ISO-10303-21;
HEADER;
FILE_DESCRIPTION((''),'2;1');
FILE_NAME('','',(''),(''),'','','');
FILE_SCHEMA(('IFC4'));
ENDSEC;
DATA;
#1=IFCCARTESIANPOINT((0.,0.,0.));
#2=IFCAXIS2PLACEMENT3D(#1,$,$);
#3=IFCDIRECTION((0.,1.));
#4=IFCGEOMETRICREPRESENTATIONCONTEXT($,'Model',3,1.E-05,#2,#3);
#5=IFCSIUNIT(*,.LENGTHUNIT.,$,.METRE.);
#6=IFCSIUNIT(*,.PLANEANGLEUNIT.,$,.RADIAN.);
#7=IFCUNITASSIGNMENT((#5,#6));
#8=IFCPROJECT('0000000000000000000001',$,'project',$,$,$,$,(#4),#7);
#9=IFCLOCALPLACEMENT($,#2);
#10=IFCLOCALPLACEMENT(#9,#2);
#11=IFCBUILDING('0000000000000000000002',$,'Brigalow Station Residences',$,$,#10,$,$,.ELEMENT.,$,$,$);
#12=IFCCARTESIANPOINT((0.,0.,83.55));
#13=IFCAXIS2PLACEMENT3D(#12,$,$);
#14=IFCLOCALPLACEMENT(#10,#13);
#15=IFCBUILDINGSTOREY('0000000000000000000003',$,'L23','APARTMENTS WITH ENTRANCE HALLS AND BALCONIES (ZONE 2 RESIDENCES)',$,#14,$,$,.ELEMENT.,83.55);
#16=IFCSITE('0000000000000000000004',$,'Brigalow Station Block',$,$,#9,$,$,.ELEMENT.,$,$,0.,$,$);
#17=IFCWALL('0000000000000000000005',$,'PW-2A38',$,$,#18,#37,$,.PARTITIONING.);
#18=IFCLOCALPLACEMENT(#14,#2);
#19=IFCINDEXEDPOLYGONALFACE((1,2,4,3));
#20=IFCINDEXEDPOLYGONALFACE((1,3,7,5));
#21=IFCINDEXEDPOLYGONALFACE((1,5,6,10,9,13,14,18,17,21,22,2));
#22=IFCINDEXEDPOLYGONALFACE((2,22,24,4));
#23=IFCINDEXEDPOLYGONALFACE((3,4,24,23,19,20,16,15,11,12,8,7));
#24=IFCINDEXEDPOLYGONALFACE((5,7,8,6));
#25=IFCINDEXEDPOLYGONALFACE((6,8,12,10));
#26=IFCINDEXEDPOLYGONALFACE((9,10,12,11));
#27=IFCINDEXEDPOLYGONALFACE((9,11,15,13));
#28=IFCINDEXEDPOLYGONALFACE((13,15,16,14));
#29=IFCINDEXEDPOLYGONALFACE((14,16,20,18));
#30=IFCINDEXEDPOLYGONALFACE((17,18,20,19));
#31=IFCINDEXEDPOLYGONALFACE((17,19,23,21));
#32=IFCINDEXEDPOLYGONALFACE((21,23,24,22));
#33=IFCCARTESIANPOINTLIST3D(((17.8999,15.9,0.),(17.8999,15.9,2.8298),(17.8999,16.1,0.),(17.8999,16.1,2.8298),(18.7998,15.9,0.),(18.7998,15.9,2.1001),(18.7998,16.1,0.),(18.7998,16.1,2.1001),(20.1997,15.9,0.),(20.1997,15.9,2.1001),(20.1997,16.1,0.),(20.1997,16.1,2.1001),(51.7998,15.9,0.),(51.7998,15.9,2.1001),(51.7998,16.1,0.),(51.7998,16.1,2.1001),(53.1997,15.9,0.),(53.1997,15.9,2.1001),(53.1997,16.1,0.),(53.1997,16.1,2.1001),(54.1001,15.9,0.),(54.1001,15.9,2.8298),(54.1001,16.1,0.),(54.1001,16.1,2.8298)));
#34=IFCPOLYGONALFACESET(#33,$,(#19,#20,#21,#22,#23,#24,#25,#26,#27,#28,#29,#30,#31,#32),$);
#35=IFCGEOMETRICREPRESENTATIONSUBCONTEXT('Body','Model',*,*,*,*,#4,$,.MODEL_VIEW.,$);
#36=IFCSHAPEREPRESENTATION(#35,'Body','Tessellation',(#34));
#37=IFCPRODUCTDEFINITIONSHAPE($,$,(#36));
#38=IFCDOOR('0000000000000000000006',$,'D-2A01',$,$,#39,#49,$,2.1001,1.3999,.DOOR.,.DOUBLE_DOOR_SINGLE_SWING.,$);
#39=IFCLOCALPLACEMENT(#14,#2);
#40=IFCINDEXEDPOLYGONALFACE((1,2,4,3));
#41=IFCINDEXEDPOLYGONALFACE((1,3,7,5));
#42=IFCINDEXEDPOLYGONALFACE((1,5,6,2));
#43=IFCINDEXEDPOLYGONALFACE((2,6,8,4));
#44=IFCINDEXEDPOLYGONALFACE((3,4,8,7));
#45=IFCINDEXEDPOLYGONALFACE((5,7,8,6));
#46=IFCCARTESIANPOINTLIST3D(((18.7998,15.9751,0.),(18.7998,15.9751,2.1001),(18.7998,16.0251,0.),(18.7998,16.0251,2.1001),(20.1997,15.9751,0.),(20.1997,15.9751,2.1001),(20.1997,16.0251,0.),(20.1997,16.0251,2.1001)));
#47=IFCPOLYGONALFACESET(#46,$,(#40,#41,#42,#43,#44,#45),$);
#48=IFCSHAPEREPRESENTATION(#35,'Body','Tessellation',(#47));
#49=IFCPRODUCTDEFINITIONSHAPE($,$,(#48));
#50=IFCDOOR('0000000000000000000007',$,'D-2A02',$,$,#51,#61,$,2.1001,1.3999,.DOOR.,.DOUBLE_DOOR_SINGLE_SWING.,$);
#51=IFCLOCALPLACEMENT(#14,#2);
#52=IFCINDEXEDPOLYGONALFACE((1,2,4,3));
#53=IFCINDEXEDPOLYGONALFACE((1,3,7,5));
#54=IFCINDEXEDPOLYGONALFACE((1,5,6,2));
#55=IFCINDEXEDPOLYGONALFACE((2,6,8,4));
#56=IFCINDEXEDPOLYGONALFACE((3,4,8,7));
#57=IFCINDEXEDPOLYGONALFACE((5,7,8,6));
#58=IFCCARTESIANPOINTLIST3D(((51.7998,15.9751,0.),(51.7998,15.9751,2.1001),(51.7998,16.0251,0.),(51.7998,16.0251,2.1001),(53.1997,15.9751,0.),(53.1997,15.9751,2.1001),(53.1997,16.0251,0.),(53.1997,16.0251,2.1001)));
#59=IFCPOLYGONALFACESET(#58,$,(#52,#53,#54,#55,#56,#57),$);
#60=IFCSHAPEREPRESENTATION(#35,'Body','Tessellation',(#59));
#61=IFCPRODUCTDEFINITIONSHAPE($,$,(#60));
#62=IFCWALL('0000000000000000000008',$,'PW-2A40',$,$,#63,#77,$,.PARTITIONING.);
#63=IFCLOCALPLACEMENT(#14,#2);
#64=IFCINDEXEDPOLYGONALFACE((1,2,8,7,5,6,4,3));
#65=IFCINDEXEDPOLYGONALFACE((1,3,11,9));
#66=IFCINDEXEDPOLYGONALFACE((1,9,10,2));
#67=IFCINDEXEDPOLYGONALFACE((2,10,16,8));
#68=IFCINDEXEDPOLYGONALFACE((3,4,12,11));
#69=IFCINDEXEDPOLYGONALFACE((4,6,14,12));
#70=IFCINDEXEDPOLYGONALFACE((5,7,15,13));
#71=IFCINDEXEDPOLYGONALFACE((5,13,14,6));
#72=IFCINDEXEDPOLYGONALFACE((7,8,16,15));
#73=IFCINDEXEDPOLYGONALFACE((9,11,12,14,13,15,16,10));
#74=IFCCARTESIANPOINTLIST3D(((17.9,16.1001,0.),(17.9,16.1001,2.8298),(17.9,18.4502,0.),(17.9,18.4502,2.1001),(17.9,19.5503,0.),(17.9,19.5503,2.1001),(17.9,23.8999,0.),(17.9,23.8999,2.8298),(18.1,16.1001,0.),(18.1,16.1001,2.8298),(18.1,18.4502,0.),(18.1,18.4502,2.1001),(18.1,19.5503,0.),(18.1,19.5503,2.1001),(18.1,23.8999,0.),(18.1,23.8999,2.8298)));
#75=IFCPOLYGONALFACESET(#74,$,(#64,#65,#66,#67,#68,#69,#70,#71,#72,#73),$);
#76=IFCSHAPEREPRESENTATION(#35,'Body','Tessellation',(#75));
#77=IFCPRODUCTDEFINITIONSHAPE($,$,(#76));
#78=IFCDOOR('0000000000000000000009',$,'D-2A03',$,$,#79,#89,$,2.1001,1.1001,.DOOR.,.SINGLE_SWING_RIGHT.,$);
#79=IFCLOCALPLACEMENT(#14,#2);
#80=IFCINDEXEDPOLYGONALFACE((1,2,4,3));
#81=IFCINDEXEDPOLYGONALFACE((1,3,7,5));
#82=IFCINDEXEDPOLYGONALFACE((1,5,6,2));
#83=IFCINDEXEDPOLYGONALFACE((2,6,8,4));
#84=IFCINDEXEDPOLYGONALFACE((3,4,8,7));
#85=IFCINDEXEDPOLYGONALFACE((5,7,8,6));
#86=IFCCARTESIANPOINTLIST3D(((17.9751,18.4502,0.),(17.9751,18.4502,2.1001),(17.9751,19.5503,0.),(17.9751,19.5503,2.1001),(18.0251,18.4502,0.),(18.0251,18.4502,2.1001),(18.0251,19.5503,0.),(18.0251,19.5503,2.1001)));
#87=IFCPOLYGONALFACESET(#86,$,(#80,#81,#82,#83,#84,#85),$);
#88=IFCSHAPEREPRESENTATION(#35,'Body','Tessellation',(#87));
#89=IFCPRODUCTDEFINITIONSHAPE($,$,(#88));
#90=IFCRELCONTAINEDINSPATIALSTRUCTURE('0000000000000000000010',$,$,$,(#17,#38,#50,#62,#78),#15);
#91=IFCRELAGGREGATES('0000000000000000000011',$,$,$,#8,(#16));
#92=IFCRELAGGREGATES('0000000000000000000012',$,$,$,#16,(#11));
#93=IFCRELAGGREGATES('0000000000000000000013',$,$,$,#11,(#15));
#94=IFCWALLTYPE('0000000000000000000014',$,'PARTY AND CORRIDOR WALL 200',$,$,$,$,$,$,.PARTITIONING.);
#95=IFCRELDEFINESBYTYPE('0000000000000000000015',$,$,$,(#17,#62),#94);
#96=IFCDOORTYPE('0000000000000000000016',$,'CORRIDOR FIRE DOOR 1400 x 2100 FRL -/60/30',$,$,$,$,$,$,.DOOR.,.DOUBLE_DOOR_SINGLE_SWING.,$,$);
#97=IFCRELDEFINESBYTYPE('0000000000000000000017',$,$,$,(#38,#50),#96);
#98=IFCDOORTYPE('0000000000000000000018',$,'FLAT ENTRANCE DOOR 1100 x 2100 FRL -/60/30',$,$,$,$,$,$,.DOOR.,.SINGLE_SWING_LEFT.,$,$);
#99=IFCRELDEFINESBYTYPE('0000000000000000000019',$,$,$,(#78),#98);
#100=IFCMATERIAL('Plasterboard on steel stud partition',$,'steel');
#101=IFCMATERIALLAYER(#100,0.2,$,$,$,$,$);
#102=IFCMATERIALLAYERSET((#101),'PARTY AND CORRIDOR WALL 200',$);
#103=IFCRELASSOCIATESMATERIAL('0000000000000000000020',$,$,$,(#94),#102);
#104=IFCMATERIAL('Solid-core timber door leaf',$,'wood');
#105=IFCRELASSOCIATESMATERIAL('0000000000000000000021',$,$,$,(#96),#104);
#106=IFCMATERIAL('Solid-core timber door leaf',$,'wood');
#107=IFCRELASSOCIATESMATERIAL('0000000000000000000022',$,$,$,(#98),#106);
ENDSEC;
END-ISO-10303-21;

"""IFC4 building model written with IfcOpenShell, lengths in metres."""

from ifc_helpers import new_model, si_unit, direction, frame, frame_2d, origin, place, context, subcontext, project, spatial, rectangle, extrude, material, layer, layer_set, type_object, element, fill, save


model = new_model("IFC4")

# Units and contexts
model_context = context("Model", 3, precision=1e-05, world=origin(), true_north=direction((0.0, 1.0)))
body_context = subcontext(model_context, "Body", "Model", "MODEL_VIEW")
ifc_project = project(units=[si_unit("LENGTHUNIT", "METRE"), si_unit("PLANEANGLEUNIT", "RADIAN")], contexts=[model_context])

# Site, building, storey
site_placement = place(None, origin())
site = spatial("IfcSite", under=ifc_project, at=site_placement, Name="Brigalow Station Block", CompositionType="ELEMENT", RefElevation=0.0)
building_placement = place(site_placement, origin())
building = spatial("IfcBuilding", under=site, at=building_placement, Name="Brigalow Station Residences", CompositionType="ELEMENT")
storey_placement = place(building_placement, frame((0.0, 0.0, 83.55)))
storey = spatial("IfcBuildingStorey", under=building, at=storey_placement, Name="L23", Description="APARTMENTS WITH ENTRANCE HALLS AND BALCONIES (ZONE 2 RESIDENCES)", CompositionType="ELEMENT", Elevation=83.55)

# Wall, openings, doors
ifc_material_1 = material(Name="Plasterboard on steel stud partition", Category="steel")
ifc_layer_1 = layer(ifc_material_1, 0.2)
ifc_layer_set_1 = layer_set([ifc_layer_1], Name="PARTY AND CORRIDOR WALL 200")
wall_type_1 = type_object("IfcWallType", Name="PARTY AND CORRIDOR WALL 200", PredefinedType="PARTITIONING", material=ifc_layer_set_1)
wall_1_placement = place(storey_placement, frame((17.8999, 16.0, 0.0), z_axis=(0.0, 0.0, 1.0), x_axis=(1.0, 0.0, 0.0)))
wall_1 = element("IfcWall", 1, at=wall_1_placement, inside=storey, type_object=wall_type_1, Name="PW-2A38", PredefinedType="PARTITIONING", context=body_context, shape_type="SweptSolid", body=[
    extrude(rectangle(XDim=36.2002, YDim=0.2, at=frame_2d((18.1001, 0.0))), origin(), (0.0, 0.0, 1.0), 2.8298),
])
opening_1_placement = place(wall_1_placement, frame((0.8999, 0.0, 0.0)))
opening_1 = element("IfcOpeningElement", 2, at=opening_1_placement, cuts=wall_1, PredefinedType="OPENING", context=body_context, shape_type="SweptSolid", body=[
    extrude(rectangle(XDim=1.3999, YDim=2.1001, at=frame_2d((0.7, 1.05))), frame((0.0, 0.1099, 0.0), z_axis=(0.0, -1.0, 0.0), x_axis=(1.0, 0.0, 0.0)), (0.0, 0.0, 1.0), 0.22),
])
opening_2_placement = place(wall_1_placement, frame((33.8999, 0.0, 0.0)))
opening_2 = element("IfcOpeningElement", 3, at=opening_2_placement, cuts=wall_1, PredefinedType="OPENING", context=body_context, shape_type="SweptSolid", body=[
    extrude(rectangle(XDim=1.3999, YDim=2.1001, at=frame_2d((0.7, 1.05))), frame((0.0, 0.1099, 0.0), z_axis=(0.0, -1.0, 0.0), x_axis=(1.0, 0.0, 0.0)), (0.0, 0.0, 1.0), 0.22),
])
ifc_material_2 = material(Name="Solid-core timber door leaf", Category="wood")
door_type_1 = type_object("IfcDoorType", Name="CORRIDOR FIRE DOOR 1400 x 2100 FRL -/60/30", OperationType="DOUBLE_DOOR_SINGLE_SWING", PredefinedType="DOOR", material=ifc_material_2)
door_1_placement = place(opening_1_placement, frame((1.3999, 0.0, 0.0), z_axis=(0.0, 0.0, 1.0), x_axis=(-1.0, 0.0, 0.0)))
door_1 = element("IfcDoor", 4, at=door_1_placement, inside=storey, type_object=door_type_1, Name="D-2A01", OperationType="DOUBLE_DOOR_SINGLE_SWING", OverallHeight=2.1001, OverallWidth=1.3999, PredefinedType="DOOR", context=body_context, shape_type="SweptSolid", body=[
    extrude(rectangle(XDim=1.3999, YDim=2.1001, at=frame_2d((0.7, 1.05))), frame((0.0, 0.0249, 0.0), z_axis=(0.0, -1.0, 0.0), x_axis=(1.0, 0.0, 0.0)), (0.0, 0.0, 1.0), 0.05),
])
fill(opening_1, door_1)
door_2_placement = place(opening_2_placement, frame((1.3999, 0.0, 0.0), z_axis=(0.0, 0.0, 1.0), x_axis=(-1.0, 0.0, 0.0)))
door_2 = element("IfcDoor", 5, at=door_2_placement, inside=storey, type_object=door_type_1, Name="D-2A02", OperationType="DOUBLE_DOOR_SINGLE_SWING", OverallHeight=2.1001, OverallWidth=1.3999, PredefinedType="DOOR", context=body_context, shape_type="SweptSolid", body=[
    extrude(rectangle(XDim=1.3999, YDim=2.1001, at=frame_2d((0.7, 1.05))), frame((0.0, 0.0249, 0.0), z_axis=(0.0, -1.0, 0.0), x_axis=(1.0, 0.0, 0.0)), (0.0, 0.0, 1.0), 0.05),
])
fill(opening_2, door_2)

# Wall, opening, door
wall_2_placement = place(storey_placement, frame((18.0, 16.1001, 0.0), z_axis=(0.0, 0.0, 1.0), x_axis=(0.0, 1.0, 0.0)))
wall_2 = element("IfcWall", 6, at=wall_2_placement, inside=storey, type_object=wall_type_1, Name="PW-2A40", PredefinedType="PARTITIONING", context=body_context, shape_type="SweptSolid", body=[
    extrude(rectangle(XDim=7.7998, YDim=0.2, at=frame_2d((3.8999, 0.0))), origin(), (0.0, 0.0, 1.0), 2.8298),
])
opening_3_placement = place(wall_2_placement, frame((2.3501, 0.0, 0.0)))
opening_3 = element("IfcOpeningElement", 7, at=opening_3_placement, cuts=wall_2, PredefinedType="OPENING", context=body_context, shape_type="SweptSolid", body=[
    extrude(rectangle(XDim=1.1001, YDim=2.1001, at=frame_2d((0.55, 1.05))), frame((0.0, 0.1099, 0.0), z_axis=(0.0, -1.0, 0.0), x_axis=(1.0, 0.0, 0.0)), (0.0, 0.0, 1.0), 0.22),
])
ifc_material_3 = material(Name="Solid-core timber door leaf", Category="wood")
door_type_2 = type_object("IfcDoorType", Name="FLAT ENTRANCE DOOR 1100 x 2100 FRL -/60/30", OperationType="SINGLE_SWING_LEFT", PredefinedType="DOOR", material=ifc_material_3)
door_3_placement = place(opening_3_placement, origin())
door_3 = element("IfcDoor", 8, at=door_3_placement, inside=storey, type_object=door_type_2, Name="D-2A03", OperationType="SINGLE_SWING_RIGHT", OverallHeight=2.1001, OverallWidth=1.1001, PredefinedType="DOOR", context=body_context, shape_type="SweptSolid", body=[
    extrude(rectangle(XDim=1.1001, YDim=2.1001, at=frame_2d((0.55, 1.05))), frame((0.0, 0.0249, 0.0), z_axis=(0.0, -1.0, 0.0), x_axis=(1.0, 0.0, 0.0)), (0.0, 0.0, 1.0), 0.05),
])
fill(opening_3, door_3)

save(model, "model.ifc")
